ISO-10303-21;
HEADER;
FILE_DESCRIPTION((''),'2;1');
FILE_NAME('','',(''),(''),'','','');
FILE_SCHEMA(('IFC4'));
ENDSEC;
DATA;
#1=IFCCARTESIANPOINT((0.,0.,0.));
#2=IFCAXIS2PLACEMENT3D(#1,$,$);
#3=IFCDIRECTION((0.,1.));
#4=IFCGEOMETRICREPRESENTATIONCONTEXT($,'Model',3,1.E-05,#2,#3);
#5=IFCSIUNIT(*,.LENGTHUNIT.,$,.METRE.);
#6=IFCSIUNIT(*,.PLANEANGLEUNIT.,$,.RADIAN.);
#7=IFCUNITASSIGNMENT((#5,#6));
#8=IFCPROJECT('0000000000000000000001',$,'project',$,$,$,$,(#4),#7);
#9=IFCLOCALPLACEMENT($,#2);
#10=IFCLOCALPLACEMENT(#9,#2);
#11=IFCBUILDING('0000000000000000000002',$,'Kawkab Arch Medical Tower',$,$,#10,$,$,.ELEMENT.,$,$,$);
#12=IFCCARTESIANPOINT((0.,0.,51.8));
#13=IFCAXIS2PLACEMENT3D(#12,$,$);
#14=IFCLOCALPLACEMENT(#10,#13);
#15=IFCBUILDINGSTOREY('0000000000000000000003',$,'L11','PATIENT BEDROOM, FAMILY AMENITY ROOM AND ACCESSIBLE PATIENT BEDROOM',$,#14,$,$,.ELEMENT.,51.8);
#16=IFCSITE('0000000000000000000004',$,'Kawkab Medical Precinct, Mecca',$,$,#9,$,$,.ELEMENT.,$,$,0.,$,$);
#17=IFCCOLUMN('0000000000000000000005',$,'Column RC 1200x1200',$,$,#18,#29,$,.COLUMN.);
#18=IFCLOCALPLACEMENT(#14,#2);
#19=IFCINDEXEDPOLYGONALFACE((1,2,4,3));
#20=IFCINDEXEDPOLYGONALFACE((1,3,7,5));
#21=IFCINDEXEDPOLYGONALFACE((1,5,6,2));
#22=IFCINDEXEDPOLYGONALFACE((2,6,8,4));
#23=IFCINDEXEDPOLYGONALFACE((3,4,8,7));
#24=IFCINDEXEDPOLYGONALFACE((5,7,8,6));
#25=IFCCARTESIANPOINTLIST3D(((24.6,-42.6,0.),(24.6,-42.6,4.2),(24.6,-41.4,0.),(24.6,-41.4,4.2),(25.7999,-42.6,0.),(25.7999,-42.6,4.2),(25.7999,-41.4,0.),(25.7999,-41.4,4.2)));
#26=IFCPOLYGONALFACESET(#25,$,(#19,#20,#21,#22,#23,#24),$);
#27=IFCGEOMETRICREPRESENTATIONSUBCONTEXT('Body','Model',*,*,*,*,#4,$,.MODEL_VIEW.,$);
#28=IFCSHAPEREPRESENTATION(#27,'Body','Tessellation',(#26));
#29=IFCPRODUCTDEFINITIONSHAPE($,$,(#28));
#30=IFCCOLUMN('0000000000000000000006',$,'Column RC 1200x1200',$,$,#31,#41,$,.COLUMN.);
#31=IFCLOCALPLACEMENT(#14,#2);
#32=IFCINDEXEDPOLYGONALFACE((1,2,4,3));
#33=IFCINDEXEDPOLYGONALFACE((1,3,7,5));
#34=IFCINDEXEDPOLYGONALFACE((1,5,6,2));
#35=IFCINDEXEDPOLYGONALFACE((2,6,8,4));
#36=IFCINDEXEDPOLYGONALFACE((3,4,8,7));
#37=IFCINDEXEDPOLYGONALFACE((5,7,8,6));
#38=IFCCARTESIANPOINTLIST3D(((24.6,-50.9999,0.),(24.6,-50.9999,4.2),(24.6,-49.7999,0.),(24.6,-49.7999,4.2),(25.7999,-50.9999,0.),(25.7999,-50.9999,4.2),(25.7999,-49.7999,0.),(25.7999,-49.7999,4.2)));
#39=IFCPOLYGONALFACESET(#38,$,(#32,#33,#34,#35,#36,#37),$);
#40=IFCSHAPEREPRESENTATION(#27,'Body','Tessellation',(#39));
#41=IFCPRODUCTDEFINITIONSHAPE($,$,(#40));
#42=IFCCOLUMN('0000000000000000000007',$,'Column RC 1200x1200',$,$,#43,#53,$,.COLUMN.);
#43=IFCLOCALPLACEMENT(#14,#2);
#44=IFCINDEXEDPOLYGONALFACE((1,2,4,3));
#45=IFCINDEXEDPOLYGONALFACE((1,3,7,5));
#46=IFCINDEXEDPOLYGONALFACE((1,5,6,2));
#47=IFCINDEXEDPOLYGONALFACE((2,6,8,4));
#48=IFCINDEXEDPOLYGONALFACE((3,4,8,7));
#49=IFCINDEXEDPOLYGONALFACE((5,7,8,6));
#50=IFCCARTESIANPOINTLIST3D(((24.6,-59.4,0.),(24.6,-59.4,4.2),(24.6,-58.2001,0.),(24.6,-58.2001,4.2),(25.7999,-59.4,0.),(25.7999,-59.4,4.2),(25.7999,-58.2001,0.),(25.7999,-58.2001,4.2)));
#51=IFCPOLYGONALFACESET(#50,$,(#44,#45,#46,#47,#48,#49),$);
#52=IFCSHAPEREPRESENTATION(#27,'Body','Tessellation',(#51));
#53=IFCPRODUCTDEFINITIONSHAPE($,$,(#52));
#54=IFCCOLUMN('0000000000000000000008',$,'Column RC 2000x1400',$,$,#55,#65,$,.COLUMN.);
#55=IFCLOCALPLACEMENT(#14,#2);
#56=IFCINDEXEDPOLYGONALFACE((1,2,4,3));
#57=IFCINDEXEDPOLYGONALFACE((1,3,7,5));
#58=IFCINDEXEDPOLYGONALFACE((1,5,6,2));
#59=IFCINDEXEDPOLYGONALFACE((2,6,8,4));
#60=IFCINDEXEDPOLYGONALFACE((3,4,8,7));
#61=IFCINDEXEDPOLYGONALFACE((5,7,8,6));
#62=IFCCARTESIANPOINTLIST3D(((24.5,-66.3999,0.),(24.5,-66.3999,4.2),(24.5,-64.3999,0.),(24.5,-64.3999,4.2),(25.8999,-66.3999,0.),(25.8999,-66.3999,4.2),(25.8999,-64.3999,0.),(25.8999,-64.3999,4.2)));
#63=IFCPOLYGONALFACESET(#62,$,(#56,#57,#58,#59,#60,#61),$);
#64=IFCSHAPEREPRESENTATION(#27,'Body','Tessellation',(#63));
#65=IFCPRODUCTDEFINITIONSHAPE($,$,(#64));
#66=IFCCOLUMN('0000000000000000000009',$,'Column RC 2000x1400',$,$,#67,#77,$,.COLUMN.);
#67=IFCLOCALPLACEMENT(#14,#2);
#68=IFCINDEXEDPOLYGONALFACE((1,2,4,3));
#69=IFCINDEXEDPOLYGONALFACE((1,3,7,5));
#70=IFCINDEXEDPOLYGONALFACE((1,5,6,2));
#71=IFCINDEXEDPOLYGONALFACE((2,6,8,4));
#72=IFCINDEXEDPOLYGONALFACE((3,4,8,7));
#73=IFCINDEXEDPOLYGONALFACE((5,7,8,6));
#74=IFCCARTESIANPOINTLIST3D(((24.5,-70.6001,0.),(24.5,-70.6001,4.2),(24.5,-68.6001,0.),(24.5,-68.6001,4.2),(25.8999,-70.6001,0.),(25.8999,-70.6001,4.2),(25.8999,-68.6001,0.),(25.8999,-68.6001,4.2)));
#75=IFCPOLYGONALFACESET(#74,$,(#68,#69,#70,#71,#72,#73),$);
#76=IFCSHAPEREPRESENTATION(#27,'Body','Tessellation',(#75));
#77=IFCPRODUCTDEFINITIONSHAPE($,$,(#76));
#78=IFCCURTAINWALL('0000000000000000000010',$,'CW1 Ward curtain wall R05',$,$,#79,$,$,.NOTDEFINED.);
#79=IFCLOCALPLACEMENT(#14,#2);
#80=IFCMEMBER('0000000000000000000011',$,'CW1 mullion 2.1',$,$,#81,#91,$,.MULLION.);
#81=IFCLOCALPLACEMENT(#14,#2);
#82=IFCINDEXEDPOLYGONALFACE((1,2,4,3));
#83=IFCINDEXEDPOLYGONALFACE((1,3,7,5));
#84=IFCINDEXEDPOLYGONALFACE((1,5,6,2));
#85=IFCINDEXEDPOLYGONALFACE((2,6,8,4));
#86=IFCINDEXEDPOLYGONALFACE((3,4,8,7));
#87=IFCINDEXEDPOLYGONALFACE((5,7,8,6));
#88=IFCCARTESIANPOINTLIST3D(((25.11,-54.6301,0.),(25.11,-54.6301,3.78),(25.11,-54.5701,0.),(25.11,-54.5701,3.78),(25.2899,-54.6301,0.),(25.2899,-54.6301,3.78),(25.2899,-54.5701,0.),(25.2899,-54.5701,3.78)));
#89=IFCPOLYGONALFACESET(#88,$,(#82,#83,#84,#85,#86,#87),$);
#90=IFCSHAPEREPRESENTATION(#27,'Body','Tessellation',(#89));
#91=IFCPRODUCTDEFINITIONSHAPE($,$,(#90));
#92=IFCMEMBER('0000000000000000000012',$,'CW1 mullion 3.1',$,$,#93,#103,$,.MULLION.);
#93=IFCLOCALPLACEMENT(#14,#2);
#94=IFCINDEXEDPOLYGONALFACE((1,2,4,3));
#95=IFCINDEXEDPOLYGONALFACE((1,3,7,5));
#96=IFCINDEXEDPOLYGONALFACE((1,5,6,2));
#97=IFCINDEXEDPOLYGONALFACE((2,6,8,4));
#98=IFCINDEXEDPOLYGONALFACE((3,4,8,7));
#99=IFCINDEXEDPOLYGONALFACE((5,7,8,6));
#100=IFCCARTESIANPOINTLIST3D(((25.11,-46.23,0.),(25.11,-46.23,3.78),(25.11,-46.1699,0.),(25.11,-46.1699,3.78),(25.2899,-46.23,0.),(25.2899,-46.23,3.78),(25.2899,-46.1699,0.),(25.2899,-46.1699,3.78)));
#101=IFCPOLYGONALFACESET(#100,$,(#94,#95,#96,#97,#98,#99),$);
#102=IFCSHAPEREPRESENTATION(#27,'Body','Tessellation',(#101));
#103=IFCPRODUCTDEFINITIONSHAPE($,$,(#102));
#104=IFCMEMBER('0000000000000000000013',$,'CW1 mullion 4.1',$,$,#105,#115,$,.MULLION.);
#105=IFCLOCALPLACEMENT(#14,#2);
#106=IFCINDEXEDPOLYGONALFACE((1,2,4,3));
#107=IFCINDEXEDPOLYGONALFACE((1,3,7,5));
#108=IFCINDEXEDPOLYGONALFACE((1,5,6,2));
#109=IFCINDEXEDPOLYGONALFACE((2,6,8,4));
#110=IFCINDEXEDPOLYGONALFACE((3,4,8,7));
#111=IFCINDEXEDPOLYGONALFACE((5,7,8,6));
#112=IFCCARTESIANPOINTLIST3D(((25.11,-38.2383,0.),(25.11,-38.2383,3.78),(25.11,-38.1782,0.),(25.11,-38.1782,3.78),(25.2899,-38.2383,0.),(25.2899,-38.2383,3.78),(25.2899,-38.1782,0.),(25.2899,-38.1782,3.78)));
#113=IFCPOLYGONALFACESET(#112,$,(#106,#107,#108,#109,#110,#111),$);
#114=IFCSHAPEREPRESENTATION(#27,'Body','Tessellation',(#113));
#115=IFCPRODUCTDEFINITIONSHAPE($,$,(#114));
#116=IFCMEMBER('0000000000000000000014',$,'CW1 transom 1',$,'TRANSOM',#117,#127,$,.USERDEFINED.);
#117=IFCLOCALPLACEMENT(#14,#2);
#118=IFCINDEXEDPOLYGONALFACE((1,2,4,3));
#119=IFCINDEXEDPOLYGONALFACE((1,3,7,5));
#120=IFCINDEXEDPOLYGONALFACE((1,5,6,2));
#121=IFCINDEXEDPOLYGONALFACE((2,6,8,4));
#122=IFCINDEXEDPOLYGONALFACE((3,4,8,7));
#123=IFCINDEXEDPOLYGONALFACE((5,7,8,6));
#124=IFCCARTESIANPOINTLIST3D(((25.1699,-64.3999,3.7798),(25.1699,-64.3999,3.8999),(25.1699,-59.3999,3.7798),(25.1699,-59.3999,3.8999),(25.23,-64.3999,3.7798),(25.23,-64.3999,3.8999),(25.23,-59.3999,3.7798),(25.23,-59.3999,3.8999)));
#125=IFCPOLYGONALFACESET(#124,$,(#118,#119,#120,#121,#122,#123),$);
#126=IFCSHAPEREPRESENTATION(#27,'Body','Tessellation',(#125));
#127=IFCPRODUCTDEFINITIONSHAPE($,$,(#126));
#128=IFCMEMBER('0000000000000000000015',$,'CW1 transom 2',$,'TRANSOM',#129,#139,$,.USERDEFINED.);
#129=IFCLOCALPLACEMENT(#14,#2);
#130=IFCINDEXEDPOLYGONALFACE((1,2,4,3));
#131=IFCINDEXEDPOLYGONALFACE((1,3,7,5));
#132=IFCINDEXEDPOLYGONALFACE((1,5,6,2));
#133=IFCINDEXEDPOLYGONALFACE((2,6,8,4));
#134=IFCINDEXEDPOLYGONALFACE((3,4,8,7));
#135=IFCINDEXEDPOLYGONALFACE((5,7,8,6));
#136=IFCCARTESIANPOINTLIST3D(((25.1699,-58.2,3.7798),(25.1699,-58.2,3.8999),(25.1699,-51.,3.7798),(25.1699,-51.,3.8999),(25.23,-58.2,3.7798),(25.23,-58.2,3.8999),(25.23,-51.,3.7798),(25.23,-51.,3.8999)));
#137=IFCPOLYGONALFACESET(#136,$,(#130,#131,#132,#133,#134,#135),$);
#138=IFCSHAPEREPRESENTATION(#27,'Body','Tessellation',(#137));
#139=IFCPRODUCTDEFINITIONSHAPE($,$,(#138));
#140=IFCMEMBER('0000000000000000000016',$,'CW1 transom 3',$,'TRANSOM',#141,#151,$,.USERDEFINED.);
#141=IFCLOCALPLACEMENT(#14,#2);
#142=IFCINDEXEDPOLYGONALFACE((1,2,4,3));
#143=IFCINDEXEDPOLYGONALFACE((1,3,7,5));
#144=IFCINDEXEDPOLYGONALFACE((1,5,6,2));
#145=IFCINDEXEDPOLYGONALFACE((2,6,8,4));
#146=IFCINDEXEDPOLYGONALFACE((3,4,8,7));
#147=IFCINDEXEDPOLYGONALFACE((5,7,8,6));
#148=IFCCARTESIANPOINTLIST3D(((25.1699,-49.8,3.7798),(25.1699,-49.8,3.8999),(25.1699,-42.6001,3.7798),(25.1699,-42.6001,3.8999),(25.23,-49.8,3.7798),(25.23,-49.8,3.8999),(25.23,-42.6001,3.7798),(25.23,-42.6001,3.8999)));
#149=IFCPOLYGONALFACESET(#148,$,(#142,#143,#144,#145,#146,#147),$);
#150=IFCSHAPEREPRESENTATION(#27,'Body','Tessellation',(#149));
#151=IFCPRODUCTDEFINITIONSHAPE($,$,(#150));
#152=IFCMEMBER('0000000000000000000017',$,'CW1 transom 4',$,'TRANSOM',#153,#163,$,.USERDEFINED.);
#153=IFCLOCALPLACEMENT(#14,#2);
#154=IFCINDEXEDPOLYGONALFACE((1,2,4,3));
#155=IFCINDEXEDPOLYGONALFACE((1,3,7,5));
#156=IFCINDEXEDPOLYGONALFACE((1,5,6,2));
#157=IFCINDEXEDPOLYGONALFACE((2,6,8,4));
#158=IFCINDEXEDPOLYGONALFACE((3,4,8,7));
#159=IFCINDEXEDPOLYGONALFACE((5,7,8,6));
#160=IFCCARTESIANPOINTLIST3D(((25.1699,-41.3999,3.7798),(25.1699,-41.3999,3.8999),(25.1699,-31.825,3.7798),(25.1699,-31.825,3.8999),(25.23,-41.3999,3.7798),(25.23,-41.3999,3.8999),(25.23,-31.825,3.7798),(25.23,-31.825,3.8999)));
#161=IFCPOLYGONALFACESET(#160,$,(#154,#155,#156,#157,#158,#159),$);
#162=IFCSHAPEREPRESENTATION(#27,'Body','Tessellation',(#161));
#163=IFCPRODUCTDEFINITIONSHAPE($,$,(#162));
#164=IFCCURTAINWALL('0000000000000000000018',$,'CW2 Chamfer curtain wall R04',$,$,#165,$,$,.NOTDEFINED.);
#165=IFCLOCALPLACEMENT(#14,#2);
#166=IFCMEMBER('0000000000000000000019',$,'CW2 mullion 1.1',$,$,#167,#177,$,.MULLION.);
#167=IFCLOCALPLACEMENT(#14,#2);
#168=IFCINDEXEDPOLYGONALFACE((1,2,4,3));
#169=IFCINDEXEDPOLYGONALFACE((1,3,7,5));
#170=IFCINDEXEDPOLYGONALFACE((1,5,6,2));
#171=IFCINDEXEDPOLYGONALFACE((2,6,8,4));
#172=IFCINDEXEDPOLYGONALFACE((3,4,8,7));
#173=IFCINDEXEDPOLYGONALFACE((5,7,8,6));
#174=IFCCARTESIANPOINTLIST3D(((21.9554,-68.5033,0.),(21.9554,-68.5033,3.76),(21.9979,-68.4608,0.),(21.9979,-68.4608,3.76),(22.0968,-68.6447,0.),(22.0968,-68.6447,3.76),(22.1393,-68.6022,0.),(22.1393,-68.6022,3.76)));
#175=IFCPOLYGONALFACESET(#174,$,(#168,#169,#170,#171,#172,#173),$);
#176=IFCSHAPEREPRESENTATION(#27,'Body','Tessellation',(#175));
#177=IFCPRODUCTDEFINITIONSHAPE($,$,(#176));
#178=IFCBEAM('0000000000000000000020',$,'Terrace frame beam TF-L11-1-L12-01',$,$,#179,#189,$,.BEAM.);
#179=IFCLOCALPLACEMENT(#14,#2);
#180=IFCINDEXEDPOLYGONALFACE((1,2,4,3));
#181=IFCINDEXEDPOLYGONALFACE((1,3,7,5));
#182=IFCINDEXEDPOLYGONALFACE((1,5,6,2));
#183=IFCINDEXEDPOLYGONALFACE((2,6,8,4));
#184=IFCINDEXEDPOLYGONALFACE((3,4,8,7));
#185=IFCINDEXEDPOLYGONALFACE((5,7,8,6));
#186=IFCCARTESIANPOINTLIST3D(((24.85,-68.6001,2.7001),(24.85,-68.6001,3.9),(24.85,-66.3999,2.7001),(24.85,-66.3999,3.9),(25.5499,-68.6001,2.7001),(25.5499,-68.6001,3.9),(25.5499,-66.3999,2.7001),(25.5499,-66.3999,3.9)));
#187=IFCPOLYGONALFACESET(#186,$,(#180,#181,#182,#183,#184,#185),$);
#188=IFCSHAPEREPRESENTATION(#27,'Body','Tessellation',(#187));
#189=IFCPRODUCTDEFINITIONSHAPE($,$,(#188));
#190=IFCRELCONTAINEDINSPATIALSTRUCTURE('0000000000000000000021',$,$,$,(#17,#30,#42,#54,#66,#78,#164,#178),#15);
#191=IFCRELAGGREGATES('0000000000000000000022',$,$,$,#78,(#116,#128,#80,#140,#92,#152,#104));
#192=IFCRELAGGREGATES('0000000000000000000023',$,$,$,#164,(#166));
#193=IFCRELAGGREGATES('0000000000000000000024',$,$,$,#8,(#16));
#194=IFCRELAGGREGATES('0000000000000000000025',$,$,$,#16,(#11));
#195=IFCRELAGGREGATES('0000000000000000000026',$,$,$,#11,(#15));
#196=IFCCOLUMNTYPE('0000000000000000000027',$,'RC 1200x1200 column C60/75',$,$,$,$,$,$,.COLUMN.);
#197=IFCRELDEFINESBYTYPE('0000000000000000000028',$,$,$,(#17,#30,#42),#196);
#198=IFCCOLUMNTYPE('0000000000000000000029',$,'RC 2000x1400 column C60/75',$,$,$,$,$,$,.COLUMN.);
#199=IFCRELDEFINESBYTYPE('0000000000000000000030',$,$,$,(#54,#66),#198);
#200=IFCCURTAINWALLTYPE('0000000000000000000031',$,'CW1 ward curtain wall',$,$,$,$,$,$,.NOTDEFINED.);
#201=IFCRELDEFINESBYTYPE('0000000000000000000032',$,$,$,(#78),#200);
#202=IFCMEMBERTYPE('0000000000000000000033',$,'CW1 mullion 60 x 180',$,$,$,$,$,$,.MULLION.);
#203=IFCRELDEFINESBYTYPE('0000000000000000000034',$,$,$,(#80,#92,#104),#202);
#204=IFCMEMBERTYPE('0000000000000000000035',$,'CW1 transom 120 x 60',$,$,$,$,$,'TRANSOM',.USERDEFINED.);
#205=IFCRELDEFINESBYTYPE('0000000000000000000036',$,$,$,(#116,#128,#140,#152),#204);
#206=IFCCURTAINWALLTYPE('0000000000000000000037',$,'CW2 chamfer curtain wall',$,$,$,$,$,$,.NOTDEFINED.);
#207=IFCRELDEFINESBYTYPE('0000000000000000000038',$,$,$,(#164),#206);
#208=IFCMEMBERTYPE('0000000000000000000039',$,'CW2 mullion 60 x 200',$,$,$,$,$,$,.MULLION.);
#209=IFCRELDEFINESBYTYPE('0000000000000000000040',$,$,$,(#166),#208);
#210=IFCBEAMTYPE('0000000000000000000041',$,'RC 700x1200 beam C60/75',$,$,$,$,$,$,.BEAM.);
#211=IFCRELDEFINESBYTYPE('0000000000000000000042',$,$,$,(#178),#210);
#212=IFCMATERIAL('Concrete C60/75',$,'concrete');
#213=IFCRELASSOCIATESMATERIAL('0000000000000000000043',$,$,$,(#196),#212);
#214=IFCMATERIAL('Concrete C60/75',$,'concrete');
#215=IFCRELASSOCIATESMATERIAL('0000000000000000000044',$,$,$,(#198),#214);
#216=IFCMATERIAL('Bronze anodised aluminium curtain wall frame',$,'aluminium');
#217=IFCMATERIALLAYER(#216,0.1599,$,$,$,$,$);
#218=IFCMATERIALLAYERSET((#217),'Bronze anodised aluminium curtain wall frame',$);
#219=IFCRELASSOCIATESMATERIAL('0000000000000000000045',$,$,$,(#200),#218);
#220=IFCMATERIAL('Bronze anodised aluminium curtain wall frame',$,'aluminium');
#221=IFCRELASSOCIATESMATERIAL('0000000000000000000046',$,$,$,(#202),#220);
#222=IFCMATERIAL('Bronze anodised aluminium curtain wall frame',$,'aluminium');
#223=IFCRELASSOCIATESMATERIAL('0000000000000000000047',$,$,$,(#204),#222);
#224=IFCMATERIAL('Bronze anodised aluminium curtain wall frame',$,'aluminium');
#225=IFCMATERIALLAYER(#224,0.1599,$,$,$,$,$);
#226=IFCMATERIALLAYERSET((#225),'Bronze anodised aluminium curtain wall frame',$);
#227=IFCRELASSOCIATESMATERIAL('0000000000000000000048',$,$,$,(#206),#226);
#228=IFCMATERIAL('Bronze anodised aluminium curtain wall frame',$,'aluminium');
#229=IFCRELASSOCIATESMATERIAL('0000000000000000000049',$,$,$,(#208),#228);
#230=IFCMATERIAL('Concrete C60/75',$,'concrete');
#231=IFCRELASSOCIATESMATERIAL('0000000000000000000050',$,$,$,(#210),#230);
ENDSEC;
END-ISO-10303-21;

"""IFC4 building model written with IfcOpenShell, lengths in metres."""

from ifc_helpers import new_model, si_unit, direction, frame, origin, origin_2d, place, context, subcontext, project, spatial, rectangle, extrude, material, layer, layer_set, material_profile, profile_set, type_object, element, aggregate, save


model = new_model("IFC4")

# Units and contexts
model_context = context("Model", 3, precision=1e-05, world=origin(), true_north=direction((0.0, 1.0)))
body_context = subcontext(model_context, "Body", "Model", "MODEL_VIEW")
ifc_project = project(units=[si_unit("LENGTHUNIT", "METRE"), si_unit("PLANEANGLEUNIT", "RADIAN")], contexts=[model_context])

# Site, building, storey
site_placement = place(None, origin())
site = spatial("IfcSite", under=ifc_project, at=site_placement, Name="Kawkab Medical Precinct, Mecca", CompositionType="ELEMENT", RefElevation=0.0)
building_placement = place(site_placement, origin())
building = spatial("IfcBuilding", under=site, at=building_placement, Name="Kawkab Arch Medical Tower", CompositionType="ELEMENT")
storey_placement = place(building_placement, frame((0.0, 0.0, 51.8)))
storey = spatial("IfcBuildingStorey", under=building, at=storey_placement, Name="L11", Description="PATIENT BEDROOM, FAMILY AMENITY ROOM AND ACCESSIBLE PATIENT BEDROOM", CompositionType="ELEMENT", Elevation=51.8)

# Columns
ifc_material_1 = material(Name="Concrete C60/75", Category="concrete")
ifc_material_profile_1 = material_profile(ifc_material_1, rectangle(XDim=1.2, YDim=1.2, at=origin_2d()), Name="RC 1200x1200")
ifc_profile_set_1 = profile_set([ifc_material_profile_1], Name="Concrete C60/75")
column_type_1 = type_object("IfcColumnType", Name="RC 1200x1200 column C60/75", PredefinedType="COLUMN", material=ifc_profile_set_1)
for number, where, z_axis, x_axis, name in (
    (1, (25.2, -42.0, 0.0), (0.0, 0.0, 1.0), (1.0, 0.0, 0.0), "Column RC 1200x1200"),
    (2, (25.2, -50.3999, 0.0), (0.0, 0.0, 1.0), (1.0, 0.0, 0.0), "Column RC 1200x1200"),
    (3, (25.2, -58.8, 0.0), (0.0, 0.0, 1.0), (1.0, 0.0, 0.0), "Column RC 1200x1200"),
):
    element("IfcColumn", number, at=place(storey_placement, frame(where, z_axis=z_axis, x_axis=x_axis)), inside=storey, type_object=column_type_1, Name=name, PredefinedType="COLUMN", context=body_context, shape_type="SweptSolid", body=[
        extrude(rectangle(XDim=1.2, YDim=1.2, at=origin_2d()), origin(), (0.0, 0.0, 1.0), 4.2),
    ])
ifc_material_2 = material(Name="Concrete C60/75", Category="concrete")
ifc_material_profile_2 = material_profile(ifc_material_2, rectangle(XDim=2.0, YDim=1.3999, at=origin_2d()), Name="RC 2000x1400")
ifc_profile_set_2 = profile_set([ifc_material_profile_2], Name="Concrete C60/75")
column_type_2 = type_object("IfcColumnType", Name="RC 2000x1400 column C60/75", PredefinedType="COLUMN", material=ifc_profile_set_2)
for number, where, z_axis, x_axis, name in (
    (4, (25.2, -65.3999, 0.0), (0.0, 0.0, 1.0), (0.0, -1.0, 0.0), "Column RC 2000x1400"),
    (5, (25.2, -69.6001, 0.0), (0.0, 0.0, 1.0), (0.0, -1.0, 0.0), "Column RC 2000x1400"),
):
    element("IfcColumn", number, at=place(storey_placement, frame(where, z_axis=z_axis, x_axis=x_axis)), inside=storey, type_object=column_type_2, Name=name, PredefinedType="COLUMN", context=body_context, shape_type="SweptSolid", body=[
        extrude(rectangle(XDim=2.0, YDim=1.3999, at=origin_2d()), origin(), (0.0, 0.0, 1.0), 4.2),
    ])

# Curtain wall, members
ifc_material_3 = material(Name="Bronze anodised aluminium curtain wall frame", Category="aluminium")
ifc_layer_1 = layer(ifc_material_3, 0.1599)
ifc_layer_set_1 = layer_set([ifc_layer_1], Name="Bronze anodised aluminium curtain wall frame")
curtain_wall_type_1 = type_object("IfcCurtainWallType", Name="CW1 ward curtain wall", PredefinedType="NOTDEFINED", material=ifc_layer_set_1)
placement = place(storey_placement, origin())
curtain_wall_1 = element("IfcCurtainWall", 6, at=placement, inside=storey, type_object=curtain_wall_type_1, Name="CW1 Ward curtain wall R05", PredefinedType="NOTDEFINED")
ifc_material_4 = material(Name="Bronze anodised aluminium curtain wall frame", Category="aluminium")
ifc_material_profile_3 = material_profile(ifc_material_4, rectangle(XDim=0.1799, YDim=0.0601, at=origin_2d()), Name="AL 60x180")
ifc_profile_set_3 = profile_set([ifc_material_profile_3], Name="Bronze anodised aluminium curtain wall frame")
member_type_1 = type_object("IfcMemberType", Name="CW1 mullion 60 x 180", PredefinedType="MULLION", material=ifc_profile_set_3)
member_1_placement = place(storey_placement, frame((25.2, -54.6001, 0.0), z_axis=(0.0, 0.0, 1.0), x_axis=(-1.0, 0.0, 0.0)))
member_1 = element("IfcMember", 7, at=member_1_placement, type_object=member_type_1, Name="CW1 mullion 2.1", PredefinedType="MULLION", context=body_context, shape_type="SweptSolid", body=[
    extrude(rectangle(XDim=0.1799, YDim=0.0601, at=origin_2d()), origin(), (0.0, 0.0, 1.0), 3.78),
])
member_2_placement = place(storey_placement, frame((25.2, -46.2, 0.0), z_axis=(0.0, 0.0, 1.0), x_axis=(-1.0, 0.0, 0.0)))
member_2 = element("IfcMember", 8, at=member_2_placement, type_object=member_type_1, Name="CW1 mullion 3.1", PredefinedType="MULLION", context=body_context, shape_type="SweptSolid", body=[
    extrude(rectangle(XDim=0.1799, YDim=0.0601, at=origin_2d()), origin(), (0.0, 0.0, 1.0), 3.78),
])
member_3_placement = place(storey_placement, frame((25.2, -38.2083, 0.0), z_axis=(0.0, 0.0, 1.0), x_axis=(-1.0, 0.0, 0.0)))
member_3 = element("IfcMember", 9, at=member_3_placement, type_object=member_type_1, Name="CW1 mullion 4.1", PredefinedType="MULLION", context=body_context, shape_type="SweptSolid", body=[
    extrude(rectangle(XDim=0.1799, YDim=0.0601, at=origin_2d()), origin(), (0.0, 0.0, 1.0), 3.78),
])
ifc_material_5 = material(Name="Bronze anodised aluminium curtain wall frame", Category="aluminium")
ifc_material_profile_4 = material_profile(ifc_material_5, rectangle(XDim=0.0601, YDim=0.1201, at=origin_2d()), Name="AL 60x120")
ifc_profile_set_4 = profile_set([ifc_material_profile_4], Name="Bronze anodised aluminium curtain wall frame")
member_type_2 = type_object("IfcMemberType", Name="CW1 transom 120 x 60", ElementType="TRANSOM", PredefinedType="USERDEFINED", material=ifc_profile_set_4)
member_4_placement = place(storey_placement, frame((25.2, -64.3999, 3.8398), z_axis=(0.0, 1.0, 0.0), x_axis=(-1.0, 0.0, 0.0)))
member_4 = element("IfcMember", 10, at=member_4_placement, type_object=member_type_2, Name="CW1 transom 1", ObjectType="TRANSOM", PredefinedType="USERDEFINED", context=body_context, shape_type="SweptSolid", body=[
    extrude(rectangle(XDim=0.0601, YDim=0.1201, at=origin_2d()), origin(), (0.0, 0.0, 1.0), 5.0),
])
member_5_placement = place(storey_placement, frame((25.2, -58.2, 3.8398), z_axis=(0.0, 1.0, 0.0), x_axis=(-1.0, 0.0, 0.0)))
member_5 = element("IfcMember", 11, at=member_5_placement, type_object=member_type_2, Name="CW1 transom 2", ObjectType="TRANSOM", PredefinedType="USERDEFINED", context=body_context, shape_type="SweptSolid", body=[
    extrude(rectangle(XDim=0.0601, YDim=0.1201, at=origin_2d()), origin(), (0.0, 0.0, 1.0), 7.2),
])
member_6_placement = place(storey_placement, frame((25.2, -49.8, 3.8398), z_axis=(0.0, 1.0, 0.0), x_axis=(-1.0, 0.0, 0.0)))
member_6 = element("IfcMember", 12, at=member_6_placement, type_object=member_type_2, Name="CW1 transom 3", ObjectType="TRANSOM", PredefinedType="USERDEFINED", context=body_context, shape_type="SweptSolid", body=[
    extrude(rectangle(XDim=0.0601, YDim=0.1201, at=origin_2d()), origin(), (0.0, 0.0, 1.0), 7.2),
])
member_7_placement = place(storey_placement, frame((25.2, -41.3999, 3.8398), z_axis=(0.0, 1.0, 0.0), x_axis=(-1.0, 0.0, 0.0)))
member_7 = element("IfcMember", 13, at=member_7_placement, type_object=member_type_2, Name="CW1 transom 4", ObjectType="TRANSOM", PredefinedType="USERDEFINED", context=body_context, shape_type="SweptSolid", body=[
    extrude(rectangle(XDim=0.0601, YDim=0.1201, at=origin_2d()), origin(), (0.0, 0.0, 1.0), 9.575),
])

# Curtain wall, member
ifc_material_6 = material(Name="Bronze anodised aluminium curtain wall frame", Category="aluminium")
ifc_layer_2 = layer(ifc_material_6, 0.1599)
ifc_layer_set_2 = layer_set([ifc_layer_2], Name="Bronze anodised aluminium curtain wall frame")
curtain_wall_type_2 = type_object("IfcCurtainWallType", Name="CW2 chamfer curtain wall", PredefinedType="NOTDEFINED", material=ifc_layer_set_2)
curtain_wall_2 = element("IfcCurtainWall", 14, at=placement, inside=storey, type_object=curtain_wall_type_2, Name="CW2 Chamfer curtain wall R04", PredefinedType="NOTDEFINED")
ifc_material_7 = material(Name="Bronze anodised aluminium curtain wall frame", Category="aluminium")
ifc_material_profile_5 = material_profile(ifc_material_7, rectangle(XDim=0.2, YDim=0.0601, at=origin_2d()), Name="AL 60x200")
ifc_profile_set_5 = profile_set([ifc_material_profile_5], Name="Bronze anodised aluminium curtain wall frame")
member_type_3 = type_object("IfcMemberType", Name="CW2 mullion 60 x 200", PredefinedType="MULLION", material=ifc_profile_set_5)
member_8_placement = place(storey_placement, frame((22.0474, -68.5527, 0.0), z_axis=(0.0, 0.0, 1.0), x_axis=(-0.707107, 0.707107, 0.0)))
member_8 = element("IfcMember", 15, at=member_8_placement, type_object=member_type_3, Name="CW2 mullion 1.1", PredefinedType="MULLION", context=body_context, shape_type="SweptSolid", body=[
    extrude(rectangle(XDim=0.2, YDim=0.0601, at=origin_2d()), origin(), (0.0, 0.0, 1.0), 3.76),
])

# Beam
ifc_material_8 = material(Name="Concrete C60/75", Category="concrete")
ifc_material_profile_6 = material_profile(ifc_material_8, rectangle(XDim=0.7, YDim=1.2, at=origin_2d()), Name="RC 700x1200")
ifc_profile_set_6 = profile_set([ifc_material_profile_6], Name="Concrete C60/75")
beam_type = type_object("IfcBeamType", Name="RC 700x1200 beam C60/75", PredefinedType="BEAM", material=ifc_profile_set_6)
beam_1_placement = place(storey_placement, frame((25.2, -66.3999, 3.3), z_axis=(0.0, -1.0, 0.0), x_axis=(1.0, 0.0, 0.0)))
element("IfcBeam", 16, at=beam_1_placement, inside=storey, type_object=beam_type, Name="Terrace frame beam TF-L11-1-L12-01", PredefinedType="BEAM", context=body_context, shape_type="SweptSolid", body=[
    extrude(rectangle(XDim=0.7, YDim=1.2, at=origin_2d()), origin(), (0.0, 0.0, 1.0), 2.2002),
])

aggregate(curtain_wall_1, [member_4, member_5, member_1, member_6, member_2, member_7, member_3])
aggregate(curtain_wall_2, [member_8])

save(model, "model.ifc")
